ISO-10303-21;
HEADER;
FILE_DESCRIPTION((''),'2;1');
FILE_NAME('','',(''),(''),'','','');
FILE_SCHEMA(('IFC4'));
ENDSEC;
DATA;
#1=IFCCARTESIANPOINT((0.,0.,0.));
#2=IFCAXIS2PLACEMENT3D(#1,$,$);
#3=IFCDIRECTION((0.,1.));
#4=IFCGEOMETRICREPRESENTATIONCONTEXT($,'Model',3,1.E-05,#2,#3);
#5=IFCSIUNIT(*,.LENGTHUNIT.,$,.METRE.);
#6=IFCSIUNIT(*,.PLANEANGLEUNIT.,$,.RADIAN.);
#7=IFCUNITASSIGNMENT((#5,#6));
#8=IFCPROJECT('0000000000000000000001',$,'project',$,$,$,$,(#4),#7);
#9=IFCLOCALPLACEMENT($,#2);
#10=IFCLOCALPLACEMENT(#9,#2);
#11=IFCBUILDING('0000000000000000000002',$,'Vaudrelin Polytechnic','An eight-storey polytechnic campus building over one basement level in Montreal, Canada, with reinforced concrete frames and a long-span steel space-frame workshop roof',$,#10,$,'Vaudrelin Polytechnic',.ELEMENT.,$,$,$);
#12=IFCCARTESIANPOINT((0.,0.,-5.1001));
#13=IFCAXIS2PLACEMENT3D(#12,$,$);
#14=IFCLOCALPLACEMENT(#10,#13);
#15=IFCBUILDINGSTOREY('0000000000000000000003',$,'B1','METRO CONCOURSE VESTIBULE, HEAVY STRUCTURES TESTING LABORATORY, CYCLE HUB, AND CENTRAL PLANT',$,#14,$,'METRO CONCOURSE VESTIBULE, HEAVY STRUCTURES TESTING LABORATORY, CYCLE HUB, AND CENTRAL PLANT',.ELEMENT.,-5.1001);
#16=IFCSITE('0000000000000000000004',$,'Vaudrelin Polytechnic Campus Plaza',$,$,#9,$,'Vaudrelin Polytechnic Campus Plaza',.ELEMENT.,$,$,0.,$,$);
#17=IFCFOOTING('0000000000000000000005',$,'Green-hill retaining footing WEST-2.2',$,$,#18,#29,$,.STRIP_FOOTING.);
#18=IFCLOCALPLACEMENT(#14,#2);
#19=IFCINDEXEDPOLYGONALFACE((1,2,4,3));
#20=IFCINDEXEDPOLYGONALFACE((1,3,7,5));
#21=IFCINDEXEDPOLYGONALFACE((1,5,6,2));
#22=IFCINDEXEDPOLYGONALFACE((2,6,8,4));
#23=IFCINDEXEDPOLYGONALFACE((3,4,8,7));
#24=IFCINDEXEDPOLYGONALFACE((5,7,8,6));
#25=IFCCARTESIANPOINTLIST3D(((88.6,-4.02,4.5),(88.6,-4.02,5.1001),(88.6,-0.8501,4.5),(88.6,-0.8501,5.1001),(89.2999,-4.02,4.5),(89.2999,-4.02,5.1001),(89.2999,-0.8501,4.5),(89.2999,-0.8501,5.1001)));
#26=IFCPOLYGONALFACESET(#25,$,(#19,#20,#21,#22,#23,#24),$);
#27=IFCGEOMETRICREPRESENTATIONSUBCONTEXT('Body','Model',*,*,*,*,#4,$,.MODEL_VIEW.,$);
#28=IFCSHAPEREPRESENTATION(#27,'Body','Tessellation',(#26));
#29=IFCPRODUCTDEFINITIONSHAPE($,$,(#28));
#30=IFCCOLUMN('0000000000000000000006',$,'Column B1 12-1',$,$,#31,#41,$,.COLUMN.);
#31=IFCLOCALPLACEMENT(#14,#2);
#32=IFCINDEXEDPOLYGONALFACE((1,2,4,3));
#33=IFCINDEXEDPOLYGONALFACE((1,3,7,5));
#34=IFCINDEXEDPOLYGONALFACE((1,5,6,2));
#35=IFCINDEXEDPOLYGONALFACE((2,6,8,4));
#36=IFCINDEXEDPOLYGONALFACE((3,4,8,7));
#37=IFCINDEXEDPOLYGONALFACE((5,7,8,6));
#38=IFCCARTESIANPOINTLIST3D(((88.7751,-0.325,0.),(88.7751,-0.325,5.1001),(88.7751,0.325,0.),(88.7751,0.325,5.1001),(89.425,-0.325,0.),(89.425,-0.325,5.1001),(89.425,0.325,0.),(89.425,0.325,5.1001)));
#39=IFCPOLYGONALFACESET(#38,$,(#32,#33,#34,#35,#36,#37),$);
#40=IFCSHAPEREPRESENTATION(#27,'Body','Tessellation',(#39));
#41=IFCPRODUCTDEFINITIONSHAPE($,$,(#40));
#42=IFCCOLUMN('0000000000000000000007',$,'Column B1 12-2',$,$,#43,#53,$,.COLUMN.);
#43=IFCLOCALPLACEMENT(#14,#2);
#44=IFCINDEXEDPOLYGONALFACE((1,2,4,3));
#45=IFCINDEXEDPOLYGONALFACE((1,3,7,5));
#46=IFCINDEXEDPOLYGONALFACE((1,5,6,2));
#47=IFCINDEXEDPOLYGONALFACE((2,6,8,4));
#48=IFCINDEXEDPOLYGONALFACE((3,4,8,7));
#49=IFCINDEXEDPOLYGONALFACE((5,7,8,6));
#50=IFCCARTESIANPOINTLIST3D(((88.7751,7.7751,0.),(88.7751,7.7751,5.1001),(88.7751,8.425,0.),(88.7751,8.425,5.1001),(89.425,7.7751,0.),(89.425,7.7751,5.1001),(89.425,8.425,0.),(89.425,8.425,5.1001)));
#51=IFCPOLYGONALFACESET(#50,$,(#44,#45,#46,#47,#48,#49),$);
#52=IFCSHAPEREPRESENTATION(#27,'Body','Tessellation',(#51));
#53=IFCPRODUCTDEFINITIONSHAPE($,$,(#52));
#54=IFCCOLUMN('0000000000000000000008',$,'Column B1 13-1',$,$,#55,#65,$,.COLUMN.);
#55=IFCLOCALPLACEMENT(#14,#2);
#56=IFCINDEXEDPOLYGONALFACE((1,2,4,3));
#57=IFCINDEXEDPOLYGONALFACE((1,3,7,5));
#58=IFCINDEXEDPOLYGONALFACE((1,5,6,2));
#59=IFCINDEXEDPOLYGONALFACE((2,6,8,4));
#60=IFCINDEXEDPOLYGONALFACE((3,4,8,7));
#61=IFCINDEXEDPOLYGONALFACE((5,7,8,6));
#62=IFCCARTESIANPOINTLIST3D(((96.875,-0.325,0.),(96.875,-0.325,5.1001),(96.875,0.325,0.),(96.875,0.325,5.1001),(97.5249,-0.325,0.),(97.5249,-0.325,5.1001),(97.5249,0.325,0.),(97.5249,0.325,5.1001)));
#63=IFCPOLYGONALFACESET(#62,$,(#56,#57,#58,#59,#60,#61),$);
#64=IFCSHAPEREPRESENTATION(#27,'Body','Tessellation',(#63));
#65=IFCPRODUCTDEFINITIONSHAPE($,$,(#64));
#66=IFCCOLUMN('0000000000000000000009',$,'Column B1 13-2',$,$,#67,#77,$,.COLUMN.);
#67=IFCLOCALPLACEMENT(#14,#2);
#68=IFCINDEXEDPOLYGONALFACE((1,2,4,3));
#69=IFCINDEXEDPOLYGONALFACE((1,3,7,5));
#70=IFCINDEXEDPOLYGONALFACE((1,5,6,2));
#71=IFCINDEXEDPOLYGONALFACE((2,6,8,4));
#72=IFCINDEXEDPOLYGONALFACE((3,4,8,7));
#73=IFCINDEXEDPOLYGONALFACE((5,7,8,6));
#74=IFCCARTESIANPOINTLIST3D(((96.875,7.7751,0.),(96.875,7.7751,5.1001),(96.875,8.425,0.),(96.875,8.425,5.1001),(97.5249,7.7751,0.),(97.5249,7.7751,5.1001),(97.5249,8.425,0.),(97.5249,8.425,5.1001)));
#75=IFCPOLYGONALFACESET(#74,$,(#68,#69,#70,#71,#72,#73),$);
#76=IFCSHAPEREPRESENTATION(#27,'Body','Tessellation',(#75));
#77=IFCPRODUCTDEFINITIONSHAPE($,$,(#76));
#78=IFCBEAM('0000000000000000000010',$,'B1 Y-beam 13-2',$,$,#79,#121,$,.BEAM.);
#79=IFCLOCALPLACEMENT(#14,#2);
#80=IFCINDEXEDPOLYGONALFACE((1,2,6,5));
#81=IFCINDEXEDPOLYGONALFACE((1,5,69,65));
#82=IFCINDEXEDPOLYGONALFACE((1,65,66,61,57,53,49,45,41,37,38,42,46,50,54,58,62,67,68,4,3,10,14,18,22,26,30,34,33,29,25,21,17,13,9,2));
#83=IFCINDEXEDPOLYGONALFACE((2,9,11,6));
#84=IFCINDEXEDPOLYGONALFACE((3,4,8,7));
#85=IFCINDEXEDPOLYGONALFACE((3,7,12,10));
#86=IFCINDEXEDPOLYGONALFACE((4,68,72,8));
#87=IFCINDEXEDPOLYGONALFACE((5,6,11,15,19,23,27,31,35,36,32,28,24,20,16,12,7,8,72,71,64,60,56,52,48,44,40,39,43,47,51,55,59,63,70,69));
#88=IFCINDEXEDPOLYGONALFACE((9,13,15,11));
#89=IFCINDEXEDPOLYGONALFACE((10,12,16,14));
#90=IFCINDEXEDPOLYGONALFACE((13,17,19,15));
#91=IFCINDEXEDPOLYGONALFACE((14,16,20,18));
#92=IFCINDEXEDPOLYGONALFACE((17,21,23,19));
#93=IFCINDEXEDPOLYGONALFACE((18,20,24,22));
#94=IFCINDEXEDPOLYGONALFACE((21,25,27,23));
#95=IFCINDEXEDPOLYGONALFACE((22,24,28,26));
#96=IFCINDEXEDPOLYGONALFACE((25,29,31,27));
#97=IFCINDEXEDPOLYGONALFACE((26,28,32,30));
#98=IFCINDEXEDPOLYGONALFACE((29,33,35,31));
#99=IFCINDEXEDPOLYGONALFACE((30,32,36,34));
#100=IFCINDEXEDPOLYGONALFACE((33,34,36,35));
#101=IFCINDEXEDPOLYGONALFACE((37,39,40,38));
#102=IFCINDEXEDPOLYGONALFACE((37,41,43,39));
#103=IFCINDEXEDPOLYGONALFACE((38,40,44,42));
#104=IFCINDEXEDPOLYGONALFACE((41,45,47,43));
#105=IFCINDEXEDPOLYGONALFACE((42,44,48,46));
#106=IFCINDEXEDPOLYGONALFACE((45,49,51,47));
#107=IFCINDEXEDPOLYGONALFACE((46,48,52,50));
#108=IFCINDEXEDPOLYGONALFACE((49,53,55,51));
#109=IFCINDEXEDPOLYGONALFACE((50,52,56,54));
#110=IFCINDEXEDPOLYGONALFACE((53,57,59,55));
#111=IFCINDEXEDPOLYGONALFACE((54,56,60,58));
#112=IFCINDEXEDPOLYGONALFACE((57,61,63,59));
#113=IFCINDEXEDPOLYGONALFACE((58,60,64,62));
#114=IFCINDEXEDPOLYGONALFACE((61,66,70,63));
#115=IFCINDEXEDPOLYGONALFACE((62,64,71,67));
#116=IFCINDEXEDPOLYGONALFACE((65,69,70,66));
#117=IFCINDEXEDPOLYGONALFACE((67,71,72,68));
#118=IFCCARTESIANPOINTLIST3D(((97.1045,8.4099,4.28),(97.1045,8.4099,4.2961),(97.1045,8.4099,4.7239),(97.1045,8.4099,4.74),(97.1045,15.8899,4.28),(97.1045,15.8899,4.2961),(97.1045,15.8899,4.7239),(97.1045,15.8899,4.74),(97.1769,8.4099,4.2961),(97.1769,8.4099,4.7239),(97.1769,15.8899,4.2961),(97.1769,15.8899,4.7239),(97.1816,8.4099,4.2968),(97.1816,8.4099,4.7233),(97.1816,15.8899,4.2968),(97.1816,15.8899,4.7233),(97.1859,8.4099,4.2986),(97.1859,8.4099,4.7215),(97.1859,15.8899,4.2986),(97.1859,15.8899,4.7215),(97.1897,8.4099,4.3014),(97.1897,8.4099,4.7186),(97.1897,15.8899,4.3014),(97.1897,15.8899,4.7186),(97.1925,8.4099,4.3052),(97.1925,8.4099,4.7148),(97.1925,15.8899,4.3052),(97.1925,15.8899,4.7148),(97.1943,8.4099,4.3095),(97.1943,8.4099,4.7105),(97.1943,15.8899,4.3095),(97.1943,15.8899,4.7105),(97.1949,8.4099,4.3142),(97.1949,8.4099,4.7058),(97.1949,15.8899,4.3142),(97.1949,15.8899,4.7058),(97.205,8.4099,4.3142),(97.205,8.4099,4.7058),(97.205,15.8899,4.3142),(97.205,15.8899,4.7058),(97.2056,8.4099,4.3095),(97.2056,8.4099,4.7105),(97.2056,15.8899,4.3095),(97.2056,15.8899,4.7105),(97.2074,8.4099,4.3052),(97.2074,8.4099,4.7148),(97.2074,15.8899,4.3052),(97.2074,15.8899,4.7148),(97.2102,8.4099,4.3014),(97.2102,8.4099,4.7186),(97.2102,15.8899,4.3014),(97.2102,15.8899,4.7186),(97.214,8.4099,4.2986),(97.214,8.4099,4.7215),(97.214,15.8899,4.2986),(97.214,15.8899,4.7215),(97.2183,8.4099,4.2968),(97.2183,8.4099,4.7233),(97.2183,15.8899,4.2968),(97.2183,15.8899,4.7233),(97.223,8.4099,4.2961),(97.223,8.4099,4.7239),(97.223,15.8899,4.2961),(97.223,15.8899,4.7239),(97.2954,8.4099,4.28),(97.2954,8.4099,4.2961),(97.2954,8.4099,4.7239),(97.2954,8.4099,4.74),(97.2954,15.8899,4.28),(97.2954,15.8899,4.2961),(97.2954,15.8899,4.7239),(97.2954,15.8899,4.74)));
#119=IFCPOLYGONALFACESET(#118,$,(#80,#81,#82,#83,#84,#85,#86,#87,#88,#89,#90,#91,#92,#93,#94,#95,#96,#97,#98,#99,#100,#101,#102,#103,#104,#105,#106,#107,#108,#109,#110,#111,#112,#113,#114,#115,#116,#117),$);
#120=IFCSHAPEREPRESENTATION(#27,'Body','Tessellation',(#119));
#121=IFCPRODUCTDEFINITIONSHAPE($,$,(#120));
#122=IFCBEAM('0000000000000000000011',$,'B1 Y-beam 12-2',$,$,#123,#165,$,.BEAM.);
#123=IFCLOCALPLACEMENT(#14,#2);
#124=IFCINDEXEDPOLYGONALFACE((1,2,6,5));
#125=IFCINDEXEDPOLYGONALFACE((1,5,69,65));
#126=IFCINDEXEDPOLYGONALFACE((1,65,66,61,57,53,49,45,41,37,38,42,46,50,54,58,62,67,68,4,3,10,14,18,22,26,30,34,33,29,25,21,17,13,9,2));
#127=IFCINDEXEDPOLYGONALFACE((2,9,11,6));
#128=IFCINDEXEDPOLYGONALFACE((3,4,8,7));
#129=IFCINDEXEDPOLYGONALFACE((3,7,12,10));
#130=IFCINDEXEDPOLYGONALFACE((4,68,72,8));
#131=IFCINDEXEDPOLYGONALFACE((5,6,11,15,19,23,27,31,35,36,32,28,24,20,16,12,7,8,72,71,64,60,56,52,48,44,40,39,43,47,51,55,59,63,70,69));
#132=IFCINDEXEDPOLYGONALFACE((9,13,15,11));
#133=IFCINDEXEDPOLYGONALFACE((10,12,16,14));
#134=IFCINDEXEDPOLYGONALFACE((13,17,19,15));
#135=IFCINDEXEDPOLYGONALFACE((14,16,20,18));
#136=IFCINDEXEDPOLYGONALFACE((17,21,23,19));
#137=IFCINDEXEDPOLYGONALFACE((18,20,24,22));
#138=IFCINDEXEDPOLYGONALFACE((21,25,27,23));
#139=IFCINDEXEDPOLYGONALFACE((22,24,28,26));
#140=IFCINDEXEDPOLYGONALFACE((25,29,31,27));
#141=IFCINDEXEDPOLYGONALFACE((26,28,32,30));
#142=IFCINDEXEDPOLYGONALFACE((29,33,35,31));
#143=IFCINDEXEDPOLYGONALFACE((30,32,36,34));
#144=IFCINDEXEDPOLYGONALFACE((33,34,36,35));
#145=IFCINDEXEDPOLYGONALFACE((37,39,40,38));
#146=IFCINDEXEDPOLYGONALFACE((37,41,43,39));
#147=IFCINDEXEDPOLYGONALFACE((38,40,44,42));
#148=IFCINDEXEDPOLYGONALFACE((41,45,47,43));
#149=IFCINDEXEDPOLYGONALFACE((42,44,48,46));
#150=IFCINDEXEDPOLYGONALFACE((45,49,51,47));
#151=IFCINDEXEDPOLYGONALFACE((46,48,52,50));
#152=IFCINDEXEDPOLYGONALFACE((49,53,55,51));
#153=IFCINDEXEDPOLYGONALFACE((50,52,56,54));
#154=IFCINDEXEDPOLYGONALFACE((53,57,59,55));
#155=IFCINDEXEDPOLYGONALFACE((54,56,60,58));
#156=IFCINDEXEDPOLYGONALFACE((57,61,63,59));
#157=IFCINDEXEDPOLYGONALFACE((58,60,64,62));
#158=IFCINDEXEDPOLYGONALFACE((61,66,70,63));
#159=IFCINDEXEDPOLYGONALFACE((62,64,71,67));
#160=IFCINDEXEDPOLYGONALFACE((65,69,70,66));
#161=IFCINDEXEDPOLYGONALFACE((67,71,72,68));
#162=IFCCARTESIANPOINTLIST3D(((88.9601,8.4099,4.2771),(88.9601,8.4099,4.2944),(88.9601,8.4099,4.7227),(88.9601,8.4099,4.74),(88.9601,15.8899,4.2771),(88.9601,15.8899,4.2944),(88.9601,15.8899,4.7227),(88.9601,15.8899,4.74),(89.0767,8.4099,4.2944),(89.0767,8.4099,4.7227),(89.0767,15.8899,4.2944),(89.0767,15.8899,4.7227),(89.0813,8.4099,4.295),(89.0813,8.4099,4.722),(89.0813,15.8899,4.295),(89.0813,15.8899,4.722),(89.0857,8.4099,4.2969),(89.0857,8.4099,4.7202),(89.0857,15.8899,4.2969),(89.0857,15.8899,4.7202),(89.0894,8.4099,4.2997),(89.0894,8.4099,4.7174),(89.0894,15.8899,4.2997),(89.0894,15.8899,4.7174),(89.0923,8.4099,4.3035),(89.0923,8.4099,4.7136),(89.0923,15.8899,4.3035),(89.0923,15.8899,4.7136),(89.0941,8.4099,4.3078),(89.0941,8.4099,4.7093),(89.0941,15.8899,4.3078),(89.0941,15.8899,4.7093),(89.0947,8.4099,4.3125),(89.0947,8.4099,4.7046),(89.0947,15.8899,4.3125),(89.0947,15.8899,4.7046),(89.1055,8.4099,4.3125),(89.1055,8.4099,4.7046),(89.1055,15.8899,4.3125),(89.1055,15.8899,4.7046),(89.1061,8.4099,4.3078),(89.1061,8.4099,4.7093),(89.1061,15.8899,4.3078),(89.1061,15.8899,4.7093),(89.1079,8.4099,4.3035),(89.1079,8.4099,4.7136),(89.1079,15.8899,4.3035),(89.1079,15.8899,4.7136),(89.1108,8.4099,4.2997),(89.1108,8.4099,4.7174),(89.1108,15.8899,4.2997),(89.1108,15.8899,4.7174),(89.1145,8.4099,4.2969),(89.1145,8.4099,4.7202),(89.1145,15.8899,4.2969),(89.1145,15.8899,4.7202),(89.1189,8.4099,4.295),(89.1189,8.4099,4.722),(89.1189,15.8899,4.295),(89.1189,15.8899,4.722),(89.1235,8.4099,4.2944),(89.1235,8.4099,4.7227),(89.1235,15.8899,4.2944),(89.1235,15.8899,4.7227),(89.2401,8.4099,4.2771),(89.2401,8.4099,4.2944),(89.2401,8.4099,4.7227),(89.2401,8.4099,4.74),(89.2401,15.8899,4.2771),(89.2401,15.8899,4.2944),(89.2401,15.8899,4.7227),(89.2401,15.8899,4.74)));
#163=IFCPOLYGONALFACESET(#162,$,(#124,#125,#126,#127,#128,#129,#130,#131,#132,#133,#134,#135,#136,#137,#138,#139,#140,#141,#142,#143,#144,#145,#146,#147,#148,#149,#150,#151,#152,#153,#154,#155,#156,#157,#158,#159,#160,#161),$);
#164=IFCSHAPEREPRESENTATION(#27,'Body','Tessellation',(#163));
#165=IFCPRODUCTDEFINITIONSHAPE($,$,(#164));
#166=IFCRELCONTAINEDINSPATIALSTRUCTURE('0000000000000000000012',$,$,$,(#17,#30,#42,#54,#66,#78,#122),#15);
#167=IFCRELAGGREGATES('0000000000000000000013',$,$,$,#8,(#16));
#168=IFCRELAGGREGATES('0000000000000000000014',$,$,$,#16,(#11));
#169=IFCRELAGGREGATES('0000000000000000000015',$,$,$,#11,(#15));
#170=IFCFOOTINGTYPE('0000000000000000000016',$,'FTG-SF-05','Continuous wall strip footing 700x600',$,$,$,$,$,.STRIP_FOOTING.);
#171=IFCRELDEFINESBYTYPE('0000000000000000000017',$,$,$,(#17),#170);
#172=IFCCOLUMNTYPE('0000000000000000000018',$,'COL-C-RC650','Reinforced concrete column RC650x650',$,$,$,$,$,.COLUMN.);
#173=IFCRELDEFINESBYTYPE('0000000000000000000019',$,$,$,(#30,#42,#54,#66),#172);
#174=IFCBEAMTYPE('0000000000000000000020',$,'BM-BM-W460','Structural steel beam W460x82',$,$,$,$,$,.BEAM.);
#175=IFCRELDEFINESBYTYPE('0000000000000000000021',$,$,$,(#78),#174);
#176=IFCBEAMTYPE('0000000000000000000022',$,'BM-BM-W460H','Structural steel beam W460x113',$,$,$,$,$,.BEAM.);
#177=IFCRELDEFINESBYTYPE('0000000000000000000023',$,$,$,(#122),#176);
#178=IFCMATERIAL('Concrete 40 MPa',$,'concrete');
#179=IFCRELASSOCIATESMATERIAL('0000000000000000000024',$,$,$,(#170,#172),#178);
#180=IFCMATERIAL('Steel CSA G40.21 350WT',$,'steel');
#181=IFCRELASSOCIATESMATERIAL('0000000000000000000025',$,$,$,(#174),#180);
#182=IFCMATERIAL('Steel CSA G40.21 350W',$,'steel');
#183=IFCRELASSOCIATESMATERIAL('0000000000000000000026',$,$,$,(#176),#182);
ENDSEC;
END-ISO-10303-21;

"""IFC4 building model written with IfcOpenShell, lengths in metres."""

from ifc_helpers import new_model, si_unit, direction, frame, origin, origin_2d, place, context, subcontext, project, spatial, rectangle, i_section, extrude, material, material_profile, profile_set, type_object, element, save


model = new_model("IFC4")

# Units and contexts
model_context = context("Model", 3, precision=1e-05, world=origin(), true_north=direction((0.0, 1.0)))
body_context = subcontext(model_context, "Body", "Model", "MODEL_VIEW")
ifc_project = project(units=[si_unit("LENGTHUNIT", "METRE"), si_unit("PLANEANGLEUNIT", "RADIAN")], contexts=[model_context])

# Site, building, storey
site_placement = place(None, origin())
site = spatial("IfcSite", under=ifc_project, at=site_placement, Name="Vaudrelin Polytechnic Campus Plaza", LongName="Vaudrelin Polytechnic Campus Plaza", CompositionType="ELEMENT", RefElevation=0.0)
building_placement = place(site_placement, origin())
building = spatial("IfcBuilding", under=site, at=building_placement, Name="Vaudrelin Polytechnic", Description="An eight-storey polytechnic campus building over one basement level in Montreal, Canada, with reinforced concrete frames and a long-span steel space-frame workshop roof", LongName="Vaudrelin Polytechnic", CompositionType="ELEMENT")
storey_placement = place(building_placement, frame((0.0, 0.0, -5.1001)))
storey = spatial("IfcBuildingStorey", under=building, at=storey_placement, Name="B1", Description="METRO CONCOURSE VESTIBULE, HEAVY STRUCTURES TESTING LABORATORY, CYCLE HUB, AND CENTRAL PLANT", LongName="METRO CONCOURSE VESTIBULE, HEAVY STRUCTURES TESTING LABORATORY, CYCLE HUB, AND CENTRAL PLANT", CompositionType="ELEMENT", Elevation=-5.1001)

# Footing
ifc_material_1 = material(Name="Concrete 40 MPa", Category="concrete")
footing_type_1 = type_object("IfcFootingType", Name="FTG-SF-05", Description="Continuous wall strip footing 700x600", PredefinedType="STRIP_FOOTING", material=ifc_material_1)
footing_1_placement = place(storey_placement, frame((88.95, -2.4351, 4.5), z_axis=(0.0, 0.0, 1.0), x_axis=(1.0, 0.0, 0.0)))
element("IfcFooting", 1, at=footing_1_placement, inside=storey, type_object=footing_type_1, Name="Green-hill retaining footing WEST-2.2", PredefinedType="STRIP_FOOTING", context=body_context, shape_type="SweptSolid", body=[
    extrude(rectangle(XDim=0.7, YDim=3.1699, at=origin_2d()), origin(), (0.0, 0.0, 1.0), 0.6001),
])

# Columns
ifc_material_profile_1 = material_profile(ifc_material_1, rectangle(XDim=0.6499, YDim=0.6499, at=origin_2d()), Name="RC650x650")
ifc_profile_set_1 = profile_set([ifc_material_profile_1], Name="Concrete 40 MPa")
column_type = type_object("IfcColumnType", Name="COL-C-RC650", Description="Reinforced concrete column RC650x650", PredefinedType="COLUMN", material=ifc_profile_set_1)
for number, where, z_axis, x_axis, name in (
    (2, (89.1001, 0.0, 0.0), (0.0, 0.0, 1.0), (1.0, 0.0, 0.0), "Column B1 12-1"),
    (3, (89.1001, 8.1001, 0.0), (0.0, 0.0, 1.0), (1.0, 0.0, 0.0), "Column B1 12-2"),
    (4, (97.2, 0.0, 0.0), (0.0, 0.0, 1.0), (1.0, 0.0, 0.0), "Column B1 13-1"),
    (5, (97.2, 8.1001, 0.0), (0.0, 0.0, 1.0), (1.0, 0.0, 0.0), "Column B1 13-2"),
):
    element("IfcColumn", number, at=place(storey_placement, frame(where, z_axis=z_axis, x_axis=x_axis)), inside=storey, type_object=column_type, Name=name, PredefinedType="COLUMN", context=body_context, shape_type="SweptSolid", body=[
        extrude(rectangle(XDim=0.6499, YDim=0.6499, at=origin_2d()), origin(), (0.0, 0.0, 1.0), 5.1001),
    ])

# Beams
ifc_material_2 = material(Name="Steel CSA G40.21 350WT", Category="steel")
ifc_material_profile_2 = material_profile(ifc_material_2, i_section(OverallWidth=0.1909, OverallDepth=0.46, WebThickness=0.01, FlangeThickness=0.0161, FilletRadius=0.0181, at=origin_2d()), Name="W460x82")
ifc_profile_set_2 = profile_set([ifc_material_profile_2], Name="Steel CSA G40.21 350WT")
beam_type_1 = type_object("IfcBeamType", Name="BM-BM-W460", Description="Structural steel beam W460x82", PredefinedType="BEAM", material=ifc_profile_set_2)
beam_1_placement = place(storey_placement, frame((97.2, 8.4099, 4.51), z_axis=(0.0, 1.0, 0.0), x_axis=(-1.0, 0.0, 0.0)))
element("IfcBeam", 6, at=beam_1_placement, inside=storey, type_object=beam_type_1, Name="B1 Y-beam 13-2", PredefinedType="BEAM", context=body_context, shape_type="SweptSolid", body=[
    extrude(i_section(OverallWidth=0.1909, OverallDepth=0.46, WebThickness=0.01, FlangeThickness=0.0161, FilletRadius=0.0181, at=origin_2d()), origin(), (0.0, 0.0, 1.0), 7.48),
])
ifc_material_3 = material(Name="Steel CSA G40.21 350W", Category="steel")
ifc_material_profile_3 = material_profile(ifc_material_3, i_section(OverallWidth=0.28, OverallDepth=0.4629, WebThickness=0.0107, FlangeThickness=0.0173, FilletRadius=0.0181, at=origin_2d()), Name="W460x113")
ifc_profile_set_3 = profile_set([ifc_material_profile_3], Name="Steel CSA G40.21 350W")
beam_type_2 = type_object("IfcBeamType", Name="BM-BM-W460H", Description="Structural steel beam W460x113", PredefinedType="BEAM", material=ifc_profile_set_3)
for number, where, z_axis, x_axis, name in (
    (7, (89.1001, 8.4099, 4.5085), (0.0, 1.0, 0.0), (-1.0, 0.0, 0.0), "B1 Y-beam 12-2"),
):
    element("IfcBeam", number, at=place(storey_placement, frame(where, z_axis=z_axis, x_axis=x_axis)), inside=storey, type_object=beam_type_2, Name=name, PredefinedType="BEAM", context=body_context, shape_type="SweptSolid", body=[
        extrude(i_section(OverallWidth=0.28, OverallDepth=0.4629, WebThickness=0.0107, FlangeThickness=0.0173, FilletRadius=0.0181, at=origin_2d()), origin(), (0.0, 0.0, 1.0), 7.48),
    ])

save(model, "model.ifc")
